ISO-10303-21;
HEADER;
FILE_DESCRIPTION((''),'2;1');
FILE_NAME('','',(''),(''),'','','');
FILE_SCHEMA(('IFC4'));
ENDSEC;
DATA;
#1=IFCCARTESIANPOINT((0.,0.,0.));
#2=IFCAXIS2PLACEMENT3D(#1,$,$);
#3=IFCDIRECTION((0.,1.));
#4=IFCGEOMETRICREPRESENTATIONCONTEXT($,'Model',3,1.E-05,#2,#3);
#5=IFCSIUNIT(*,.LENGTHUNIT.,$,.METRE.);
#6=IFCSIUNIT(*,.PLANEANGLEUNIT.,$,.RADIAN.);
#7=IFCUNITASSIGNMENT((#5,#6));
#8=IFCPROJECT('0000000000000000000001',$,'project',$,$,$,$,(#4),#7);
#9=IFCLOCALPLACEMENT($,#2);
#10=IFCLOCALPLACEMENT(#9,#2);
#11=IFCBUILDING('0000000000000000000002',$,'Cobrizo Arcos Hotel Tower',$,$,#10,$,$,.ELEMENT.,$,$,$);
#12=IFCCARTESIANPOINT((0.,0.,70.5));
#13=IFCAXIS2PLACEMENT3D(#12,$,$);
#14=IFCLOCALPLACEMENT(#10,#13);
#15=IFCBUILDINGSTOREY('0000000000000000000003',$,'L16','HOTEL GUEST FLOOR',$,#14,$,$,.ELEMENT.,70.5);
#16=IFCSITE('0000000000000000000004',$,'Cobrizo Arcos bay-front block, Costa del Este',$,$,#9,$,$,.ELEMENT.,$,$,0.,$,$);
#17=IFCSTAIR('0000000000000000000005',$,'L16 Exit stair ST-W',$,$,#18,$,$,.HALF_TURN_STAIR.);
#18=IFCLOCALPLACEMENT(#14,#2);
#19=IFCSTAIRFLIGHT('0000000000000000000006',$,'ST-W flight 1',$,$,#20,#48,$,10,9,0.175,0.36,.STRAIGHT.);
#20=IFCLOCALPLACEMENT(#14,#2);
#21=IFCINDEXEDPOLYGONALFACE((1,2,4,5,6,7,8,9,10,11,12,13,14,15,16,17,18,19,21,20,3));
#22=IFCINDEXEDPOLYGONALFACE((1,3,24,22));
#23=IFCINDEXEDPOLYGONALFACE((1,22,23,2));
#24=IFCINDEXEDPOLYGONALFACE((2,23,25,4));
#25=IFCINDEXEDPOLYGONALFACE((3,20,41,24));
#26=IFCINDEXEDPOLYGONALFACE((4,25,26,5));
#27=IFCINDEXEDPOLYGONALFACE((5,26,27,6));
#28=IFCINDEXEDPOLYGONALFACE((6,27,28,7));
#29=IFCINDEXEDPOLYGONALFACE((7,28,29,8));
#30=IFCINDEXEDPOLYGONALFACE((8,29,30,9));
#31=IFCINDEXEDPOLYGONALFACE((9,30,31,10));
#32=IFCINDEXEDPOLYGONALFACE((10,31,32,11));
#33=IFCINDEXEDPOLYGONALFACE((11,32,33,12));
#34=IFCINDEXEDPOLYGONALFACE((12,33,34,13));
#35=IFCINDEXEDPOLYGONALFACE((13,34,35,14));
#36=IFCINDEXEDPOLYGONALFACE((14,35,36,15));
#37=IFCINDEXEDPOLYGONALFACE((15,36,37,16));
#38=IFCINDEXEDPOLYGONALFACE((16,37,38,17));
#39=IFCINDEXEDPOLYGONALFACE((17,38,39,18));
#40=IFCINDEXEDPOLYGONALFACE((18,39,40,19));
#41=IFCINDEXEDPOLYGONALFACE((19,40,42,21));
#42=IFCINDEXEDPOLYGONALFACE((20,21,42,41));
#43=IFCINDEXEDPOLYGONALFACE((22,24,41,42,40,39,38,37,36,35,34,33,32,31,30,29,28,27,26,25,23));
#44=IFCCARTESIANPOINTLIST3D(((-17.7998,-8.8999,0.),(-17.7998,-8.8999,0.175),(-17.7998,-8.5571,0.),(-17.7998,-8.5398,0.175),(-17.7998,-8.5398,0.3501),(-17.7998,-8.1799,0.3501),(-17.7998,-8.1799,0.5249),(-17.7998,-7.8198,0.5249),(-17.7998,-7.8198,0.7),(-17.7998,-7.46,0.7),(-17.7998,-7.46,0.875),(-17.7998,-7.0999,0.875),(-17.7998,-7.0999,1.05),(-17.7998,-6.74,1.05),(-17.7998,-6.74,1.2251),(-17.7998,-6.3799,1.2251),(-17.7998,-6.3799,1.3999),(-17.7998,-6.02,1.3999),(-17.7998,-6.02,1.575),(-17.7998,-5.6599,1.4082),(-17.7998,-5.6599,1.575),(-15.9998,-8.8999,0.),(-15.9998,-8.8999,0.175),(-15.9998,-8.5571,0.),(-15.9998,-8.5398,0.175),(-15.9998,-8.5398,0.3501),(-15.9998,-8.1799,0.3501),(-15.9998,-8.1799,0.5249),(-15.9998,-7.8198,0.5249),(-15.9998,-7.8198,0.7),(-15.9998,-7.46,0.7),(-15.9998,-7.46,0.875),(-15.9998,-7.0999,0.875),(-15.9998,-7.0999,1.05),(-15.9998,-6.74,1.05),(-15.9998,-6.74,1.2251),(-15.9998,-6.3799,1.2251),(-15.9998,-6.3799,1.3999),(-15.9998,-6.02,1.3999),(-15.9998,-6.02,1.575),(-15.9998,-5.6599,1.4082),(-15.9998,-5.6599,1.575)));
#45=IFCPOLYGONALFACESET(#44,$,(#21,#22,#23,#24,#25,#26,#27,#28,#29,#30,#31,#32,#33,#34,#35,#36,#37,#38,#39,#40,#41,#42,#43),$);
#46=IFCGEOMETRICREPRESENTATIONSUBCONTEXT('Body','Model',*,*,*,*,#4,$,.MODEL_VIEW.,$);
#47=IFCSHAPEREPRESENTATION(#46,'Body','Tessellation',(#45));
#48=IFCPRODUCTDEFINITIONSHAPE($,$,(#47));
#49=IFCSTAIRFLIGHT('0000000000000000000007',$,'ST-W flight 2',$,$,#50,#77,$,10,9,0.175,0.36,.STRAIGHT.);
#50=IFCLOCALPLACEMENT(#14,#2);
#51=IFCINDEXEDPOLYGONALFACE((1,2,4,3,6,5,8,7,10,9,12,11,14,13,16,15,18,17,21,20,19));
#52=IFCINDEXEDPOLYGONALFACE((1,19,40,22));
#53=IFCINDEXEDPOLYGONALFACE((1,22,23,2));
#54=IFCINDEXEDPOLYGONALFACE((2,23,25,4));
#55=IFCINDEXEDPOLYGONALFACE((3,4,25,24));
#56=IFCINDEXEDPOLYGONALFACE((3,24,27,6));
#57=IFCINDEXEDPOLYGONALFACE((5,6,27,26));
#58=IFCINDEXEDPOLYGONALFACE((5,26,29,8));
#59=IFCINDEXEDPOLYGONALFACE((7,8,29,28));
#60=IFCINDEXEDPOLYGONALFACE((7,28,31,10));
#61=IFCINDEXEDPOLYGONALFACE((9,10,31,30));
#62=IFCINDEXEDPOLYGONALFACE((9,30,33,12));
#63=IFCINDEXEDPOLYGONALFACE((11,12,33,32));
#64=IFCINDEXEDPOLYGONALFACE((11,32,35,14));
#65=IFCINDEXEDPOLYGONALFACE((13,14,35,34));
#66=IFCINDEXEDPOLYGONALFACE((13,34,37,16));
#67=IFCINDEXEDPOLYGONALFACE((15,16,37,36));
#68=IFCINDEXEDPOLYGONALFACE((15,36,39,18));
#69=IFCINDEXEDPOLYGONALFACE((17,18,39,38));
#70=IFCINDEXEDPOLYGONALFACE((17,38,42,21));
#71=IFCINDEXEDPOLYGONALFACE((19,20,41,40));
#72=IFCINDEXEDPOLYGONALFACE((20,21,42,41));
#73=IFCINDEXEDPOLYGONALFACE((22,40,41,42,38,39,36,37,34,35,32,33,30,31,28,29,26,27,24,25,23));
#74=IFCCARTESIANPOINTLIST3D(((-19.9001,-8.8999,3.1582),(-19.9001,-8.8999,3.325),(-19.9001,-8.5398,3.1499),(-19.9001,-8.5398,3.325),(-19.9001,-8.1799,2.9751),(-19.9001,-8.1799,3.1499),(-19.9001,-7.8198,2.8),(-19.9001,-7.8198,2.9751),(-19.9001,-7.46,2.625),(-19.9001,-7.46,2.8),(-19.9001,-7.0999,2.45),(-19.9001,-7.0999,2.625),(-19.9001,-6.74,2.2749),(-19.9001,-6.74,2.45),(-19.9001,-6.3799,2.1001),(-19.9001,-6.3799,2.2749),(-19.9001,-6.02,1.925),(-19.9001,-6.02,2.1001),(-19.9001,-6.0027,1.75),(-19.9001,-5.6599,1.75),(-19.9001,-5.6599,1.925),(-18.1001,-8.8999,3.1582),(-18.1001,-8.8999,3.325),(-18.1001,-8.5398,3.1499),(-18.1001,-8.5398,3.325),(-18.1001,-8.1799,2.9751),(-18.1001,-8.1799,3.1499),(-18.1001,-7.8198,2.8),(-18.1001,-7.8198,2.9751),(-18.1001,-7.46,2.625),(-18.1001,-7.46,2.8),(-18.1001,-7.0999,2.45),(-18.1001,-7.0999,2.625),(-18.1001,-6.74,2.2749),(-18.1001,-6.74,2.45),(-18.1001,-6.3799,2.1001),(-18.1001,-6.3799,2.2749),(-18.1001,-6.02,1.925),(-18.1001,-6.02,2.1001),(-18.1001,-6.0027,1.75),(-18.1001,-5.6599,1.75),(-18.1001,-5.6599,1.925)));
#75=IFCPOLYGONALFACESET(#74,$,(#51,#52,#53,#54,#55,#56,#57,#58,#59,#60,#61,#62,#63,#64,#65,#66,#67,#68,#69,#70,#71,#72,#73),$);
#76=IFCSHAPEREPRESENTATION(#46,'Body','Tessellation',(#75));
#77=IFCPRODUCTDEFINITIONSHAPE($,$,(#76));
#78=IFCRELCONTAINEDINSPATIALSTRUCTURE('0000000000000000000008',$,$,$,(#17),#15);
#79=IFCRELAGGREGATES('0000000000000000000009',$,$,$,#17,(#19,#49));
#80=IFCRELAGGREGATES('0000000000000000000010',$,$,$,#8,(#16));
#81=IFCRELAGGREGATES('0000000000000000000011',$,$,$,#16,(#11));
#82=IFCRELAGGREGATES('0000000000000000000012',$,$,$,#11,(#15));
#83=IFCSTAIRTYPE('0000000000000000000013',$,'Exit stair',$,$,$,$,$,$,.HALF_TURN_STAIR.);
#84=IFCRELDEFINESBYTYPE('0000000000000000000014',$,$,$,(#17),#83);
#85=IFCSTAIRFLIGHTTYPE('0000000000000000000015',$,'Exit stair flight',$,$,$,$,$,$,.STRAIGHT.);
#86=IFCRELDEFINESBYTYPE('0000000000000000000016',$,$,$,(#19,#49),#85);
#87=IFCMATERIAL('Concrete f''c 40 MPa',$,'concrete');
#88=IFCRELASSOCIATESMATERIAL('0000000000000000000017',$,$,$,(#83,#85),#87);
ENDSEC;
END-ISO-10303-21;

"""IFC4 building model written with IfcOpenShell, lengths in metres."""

from ifc_helpers import new_model, si_unit, direction, frame, origin, place, context, subcontext, project, spatial, polyline, outline, extrude, material, type_object, element, aggregate, save


model = new_model("IFC4")

# Units and contexts
model_context = context("Model", 3, precision=1e-05, world=origin(), true_north=direction((0.0, 1.0)))
body_context = subcontext(model_context, "Body", "Model", "MODEL_VIEW")
ifc_project = project(units=[si_unit("LENGTHUNIT", "METRE"), si_unit("PLANEANGLEUNIT", "RADIAN")], contexts=[model_context])

# Site, building, storey
site_placement = place(None, origin())
site = spatial("IfcSite", under=ifc_project, at=site_placement, Name="Cobrizo Arcos bay-front block, Costa del Este", CompositionType="ELEMENT", RefElevation=0.0)
building_placement = place(site_placement, origin())
building = spatial("IfcBuilding", under=site, at=building_placement, Name="Cobrizo Arcos Hotel Tower", CompositionType="ELEMENT")
storey_placement = place(building_placement, frame((0.0, 0.0, 70.5)))
storey = spatial("IfcBuildingStorey", under=building, at=storey_placement, Name="L16", Description="HOTEL GUEST FLOOR", CompositionType="ELEMENT", Elevation=70.5)

# Shared definitions
ifc_material_1 = material(Name="Concrete f'c 40 MPa", Category="concrete")

# Stair, stair flights
stair_type = type_object("IfcStairType", Name="Exit stair", PredefinedType="HALF_TURN_STAIR", material=ifc_material_1)
stair_placement = place(storey_placement, origin())
stair = element("IfcStair", 1, at=stair_placement, inside=storey, type_object=stair_type, Name="L16 Exit stair ST-W", PredefinedType="HALF_TURN_STAIR")
stair_flight_type = type_object("IfcStairFlightType", Name="Exit stair flight", PredefinedType="STRAIGHT", material=ifc_material_1)
stair_flight_1_placement = place(storey_placement, frame((-16.8999, -8.8999, 0.0), z_axis=(0.0, 0.0, 1.0), x_axis=(0.0, 1.0, 0.0)))
stair_flight_1 = element("IfcStairFlight", 2, at=stair_flight_1_placement, type_object=stair_flight_type, Name="ST-W flight 1", NumberOfRisers=10, NumberOfTreads=9, PredefinedType="STRAIGHT", RiserHeight=0.175, TreadLength=0.36, context=body_context, shape_type="SweptSolid", body=[
    extrude(outline(polyline([(0.0, 0.0), (0.0, 0.175), (0.3601, 0.175), (0.3601, 0.3501), (0.72, 0.3501), (0.72, 0.5249), (1.0801, 0.5249), (1.0801, 0.7), (1.4399, 0.7), (1.4399, 0.875), (1.8, 0.875), (1.8, 1.05), (2.1599, 1.05), (2.1599, 1.2251), (2.52, 1.2251), (2.52, 1.3999), (2.8799, 1.3999), (2.8799, 1.575), (3.24, 1.575), (3.24, 1.75), (3.24, 1.4082), (0.3428, 0.0), (0.0, 0.0)])), frame((0.0, 0.8999, 0.0), z_axis=(0.0, -1.0, 0.0), x_axis=(1.0, 0.0, 0.0)), (0.0, 0.0, 1.0), 1.8),
])
stair_flight_2_placement = place(storey_placement, frame((-19.0, -5.6599, 1.75), z_axis=(0.0, 0.0, 1.0), x_axis=(0.0, -1.0, 0.0)))
stair_flight_2 = element("IfcStairFlight", 3, at=stair_flight_2_placement, type_object=stair_flight_type, Name="ST-W flight 2", NumberOfRisers=10, NumberOfTreads=9, PredefinedType="STRAIGHT", RiserHeight=0.175, TreadLength=0.36, context=body_context, shape_type="SweptSolid", body=[
    extrude(outline(polyline([(0.0, 0.0), (0.0, 0.175), (0.3601, 0.175), (0.3601, 0.3501), (0.72, 0.3501), (0.72, 0.5249), (1.0801, 0.5249), (1.0801, 0.7), (1.4399, 0.7), (1.4399, 0.875), (1.8, 0.875), (1.8, 1.05), (2.1599, 1.05), (2.1599, 1.2251), (2.52, 1.2251), (2.52, 1.3999), (2.8799, 1.3999), (2.8799, 1.575), (3.24, 1.575), (3.24, 1.75), (3.24, 1.4082), (0.3428, 0.0), (0.0, 0.0)])), frame((0.0, 0.8999, 0.0), z_axis=(0.0, -1.0, 0.0), x_axis=(1.0, 0.0, 0.0)), (0.0, 0.0, 1.0), 1.8),
])
aggregate(stair, [stair_flight_1, stair_flight_2])

save(model, "model.ifc")
